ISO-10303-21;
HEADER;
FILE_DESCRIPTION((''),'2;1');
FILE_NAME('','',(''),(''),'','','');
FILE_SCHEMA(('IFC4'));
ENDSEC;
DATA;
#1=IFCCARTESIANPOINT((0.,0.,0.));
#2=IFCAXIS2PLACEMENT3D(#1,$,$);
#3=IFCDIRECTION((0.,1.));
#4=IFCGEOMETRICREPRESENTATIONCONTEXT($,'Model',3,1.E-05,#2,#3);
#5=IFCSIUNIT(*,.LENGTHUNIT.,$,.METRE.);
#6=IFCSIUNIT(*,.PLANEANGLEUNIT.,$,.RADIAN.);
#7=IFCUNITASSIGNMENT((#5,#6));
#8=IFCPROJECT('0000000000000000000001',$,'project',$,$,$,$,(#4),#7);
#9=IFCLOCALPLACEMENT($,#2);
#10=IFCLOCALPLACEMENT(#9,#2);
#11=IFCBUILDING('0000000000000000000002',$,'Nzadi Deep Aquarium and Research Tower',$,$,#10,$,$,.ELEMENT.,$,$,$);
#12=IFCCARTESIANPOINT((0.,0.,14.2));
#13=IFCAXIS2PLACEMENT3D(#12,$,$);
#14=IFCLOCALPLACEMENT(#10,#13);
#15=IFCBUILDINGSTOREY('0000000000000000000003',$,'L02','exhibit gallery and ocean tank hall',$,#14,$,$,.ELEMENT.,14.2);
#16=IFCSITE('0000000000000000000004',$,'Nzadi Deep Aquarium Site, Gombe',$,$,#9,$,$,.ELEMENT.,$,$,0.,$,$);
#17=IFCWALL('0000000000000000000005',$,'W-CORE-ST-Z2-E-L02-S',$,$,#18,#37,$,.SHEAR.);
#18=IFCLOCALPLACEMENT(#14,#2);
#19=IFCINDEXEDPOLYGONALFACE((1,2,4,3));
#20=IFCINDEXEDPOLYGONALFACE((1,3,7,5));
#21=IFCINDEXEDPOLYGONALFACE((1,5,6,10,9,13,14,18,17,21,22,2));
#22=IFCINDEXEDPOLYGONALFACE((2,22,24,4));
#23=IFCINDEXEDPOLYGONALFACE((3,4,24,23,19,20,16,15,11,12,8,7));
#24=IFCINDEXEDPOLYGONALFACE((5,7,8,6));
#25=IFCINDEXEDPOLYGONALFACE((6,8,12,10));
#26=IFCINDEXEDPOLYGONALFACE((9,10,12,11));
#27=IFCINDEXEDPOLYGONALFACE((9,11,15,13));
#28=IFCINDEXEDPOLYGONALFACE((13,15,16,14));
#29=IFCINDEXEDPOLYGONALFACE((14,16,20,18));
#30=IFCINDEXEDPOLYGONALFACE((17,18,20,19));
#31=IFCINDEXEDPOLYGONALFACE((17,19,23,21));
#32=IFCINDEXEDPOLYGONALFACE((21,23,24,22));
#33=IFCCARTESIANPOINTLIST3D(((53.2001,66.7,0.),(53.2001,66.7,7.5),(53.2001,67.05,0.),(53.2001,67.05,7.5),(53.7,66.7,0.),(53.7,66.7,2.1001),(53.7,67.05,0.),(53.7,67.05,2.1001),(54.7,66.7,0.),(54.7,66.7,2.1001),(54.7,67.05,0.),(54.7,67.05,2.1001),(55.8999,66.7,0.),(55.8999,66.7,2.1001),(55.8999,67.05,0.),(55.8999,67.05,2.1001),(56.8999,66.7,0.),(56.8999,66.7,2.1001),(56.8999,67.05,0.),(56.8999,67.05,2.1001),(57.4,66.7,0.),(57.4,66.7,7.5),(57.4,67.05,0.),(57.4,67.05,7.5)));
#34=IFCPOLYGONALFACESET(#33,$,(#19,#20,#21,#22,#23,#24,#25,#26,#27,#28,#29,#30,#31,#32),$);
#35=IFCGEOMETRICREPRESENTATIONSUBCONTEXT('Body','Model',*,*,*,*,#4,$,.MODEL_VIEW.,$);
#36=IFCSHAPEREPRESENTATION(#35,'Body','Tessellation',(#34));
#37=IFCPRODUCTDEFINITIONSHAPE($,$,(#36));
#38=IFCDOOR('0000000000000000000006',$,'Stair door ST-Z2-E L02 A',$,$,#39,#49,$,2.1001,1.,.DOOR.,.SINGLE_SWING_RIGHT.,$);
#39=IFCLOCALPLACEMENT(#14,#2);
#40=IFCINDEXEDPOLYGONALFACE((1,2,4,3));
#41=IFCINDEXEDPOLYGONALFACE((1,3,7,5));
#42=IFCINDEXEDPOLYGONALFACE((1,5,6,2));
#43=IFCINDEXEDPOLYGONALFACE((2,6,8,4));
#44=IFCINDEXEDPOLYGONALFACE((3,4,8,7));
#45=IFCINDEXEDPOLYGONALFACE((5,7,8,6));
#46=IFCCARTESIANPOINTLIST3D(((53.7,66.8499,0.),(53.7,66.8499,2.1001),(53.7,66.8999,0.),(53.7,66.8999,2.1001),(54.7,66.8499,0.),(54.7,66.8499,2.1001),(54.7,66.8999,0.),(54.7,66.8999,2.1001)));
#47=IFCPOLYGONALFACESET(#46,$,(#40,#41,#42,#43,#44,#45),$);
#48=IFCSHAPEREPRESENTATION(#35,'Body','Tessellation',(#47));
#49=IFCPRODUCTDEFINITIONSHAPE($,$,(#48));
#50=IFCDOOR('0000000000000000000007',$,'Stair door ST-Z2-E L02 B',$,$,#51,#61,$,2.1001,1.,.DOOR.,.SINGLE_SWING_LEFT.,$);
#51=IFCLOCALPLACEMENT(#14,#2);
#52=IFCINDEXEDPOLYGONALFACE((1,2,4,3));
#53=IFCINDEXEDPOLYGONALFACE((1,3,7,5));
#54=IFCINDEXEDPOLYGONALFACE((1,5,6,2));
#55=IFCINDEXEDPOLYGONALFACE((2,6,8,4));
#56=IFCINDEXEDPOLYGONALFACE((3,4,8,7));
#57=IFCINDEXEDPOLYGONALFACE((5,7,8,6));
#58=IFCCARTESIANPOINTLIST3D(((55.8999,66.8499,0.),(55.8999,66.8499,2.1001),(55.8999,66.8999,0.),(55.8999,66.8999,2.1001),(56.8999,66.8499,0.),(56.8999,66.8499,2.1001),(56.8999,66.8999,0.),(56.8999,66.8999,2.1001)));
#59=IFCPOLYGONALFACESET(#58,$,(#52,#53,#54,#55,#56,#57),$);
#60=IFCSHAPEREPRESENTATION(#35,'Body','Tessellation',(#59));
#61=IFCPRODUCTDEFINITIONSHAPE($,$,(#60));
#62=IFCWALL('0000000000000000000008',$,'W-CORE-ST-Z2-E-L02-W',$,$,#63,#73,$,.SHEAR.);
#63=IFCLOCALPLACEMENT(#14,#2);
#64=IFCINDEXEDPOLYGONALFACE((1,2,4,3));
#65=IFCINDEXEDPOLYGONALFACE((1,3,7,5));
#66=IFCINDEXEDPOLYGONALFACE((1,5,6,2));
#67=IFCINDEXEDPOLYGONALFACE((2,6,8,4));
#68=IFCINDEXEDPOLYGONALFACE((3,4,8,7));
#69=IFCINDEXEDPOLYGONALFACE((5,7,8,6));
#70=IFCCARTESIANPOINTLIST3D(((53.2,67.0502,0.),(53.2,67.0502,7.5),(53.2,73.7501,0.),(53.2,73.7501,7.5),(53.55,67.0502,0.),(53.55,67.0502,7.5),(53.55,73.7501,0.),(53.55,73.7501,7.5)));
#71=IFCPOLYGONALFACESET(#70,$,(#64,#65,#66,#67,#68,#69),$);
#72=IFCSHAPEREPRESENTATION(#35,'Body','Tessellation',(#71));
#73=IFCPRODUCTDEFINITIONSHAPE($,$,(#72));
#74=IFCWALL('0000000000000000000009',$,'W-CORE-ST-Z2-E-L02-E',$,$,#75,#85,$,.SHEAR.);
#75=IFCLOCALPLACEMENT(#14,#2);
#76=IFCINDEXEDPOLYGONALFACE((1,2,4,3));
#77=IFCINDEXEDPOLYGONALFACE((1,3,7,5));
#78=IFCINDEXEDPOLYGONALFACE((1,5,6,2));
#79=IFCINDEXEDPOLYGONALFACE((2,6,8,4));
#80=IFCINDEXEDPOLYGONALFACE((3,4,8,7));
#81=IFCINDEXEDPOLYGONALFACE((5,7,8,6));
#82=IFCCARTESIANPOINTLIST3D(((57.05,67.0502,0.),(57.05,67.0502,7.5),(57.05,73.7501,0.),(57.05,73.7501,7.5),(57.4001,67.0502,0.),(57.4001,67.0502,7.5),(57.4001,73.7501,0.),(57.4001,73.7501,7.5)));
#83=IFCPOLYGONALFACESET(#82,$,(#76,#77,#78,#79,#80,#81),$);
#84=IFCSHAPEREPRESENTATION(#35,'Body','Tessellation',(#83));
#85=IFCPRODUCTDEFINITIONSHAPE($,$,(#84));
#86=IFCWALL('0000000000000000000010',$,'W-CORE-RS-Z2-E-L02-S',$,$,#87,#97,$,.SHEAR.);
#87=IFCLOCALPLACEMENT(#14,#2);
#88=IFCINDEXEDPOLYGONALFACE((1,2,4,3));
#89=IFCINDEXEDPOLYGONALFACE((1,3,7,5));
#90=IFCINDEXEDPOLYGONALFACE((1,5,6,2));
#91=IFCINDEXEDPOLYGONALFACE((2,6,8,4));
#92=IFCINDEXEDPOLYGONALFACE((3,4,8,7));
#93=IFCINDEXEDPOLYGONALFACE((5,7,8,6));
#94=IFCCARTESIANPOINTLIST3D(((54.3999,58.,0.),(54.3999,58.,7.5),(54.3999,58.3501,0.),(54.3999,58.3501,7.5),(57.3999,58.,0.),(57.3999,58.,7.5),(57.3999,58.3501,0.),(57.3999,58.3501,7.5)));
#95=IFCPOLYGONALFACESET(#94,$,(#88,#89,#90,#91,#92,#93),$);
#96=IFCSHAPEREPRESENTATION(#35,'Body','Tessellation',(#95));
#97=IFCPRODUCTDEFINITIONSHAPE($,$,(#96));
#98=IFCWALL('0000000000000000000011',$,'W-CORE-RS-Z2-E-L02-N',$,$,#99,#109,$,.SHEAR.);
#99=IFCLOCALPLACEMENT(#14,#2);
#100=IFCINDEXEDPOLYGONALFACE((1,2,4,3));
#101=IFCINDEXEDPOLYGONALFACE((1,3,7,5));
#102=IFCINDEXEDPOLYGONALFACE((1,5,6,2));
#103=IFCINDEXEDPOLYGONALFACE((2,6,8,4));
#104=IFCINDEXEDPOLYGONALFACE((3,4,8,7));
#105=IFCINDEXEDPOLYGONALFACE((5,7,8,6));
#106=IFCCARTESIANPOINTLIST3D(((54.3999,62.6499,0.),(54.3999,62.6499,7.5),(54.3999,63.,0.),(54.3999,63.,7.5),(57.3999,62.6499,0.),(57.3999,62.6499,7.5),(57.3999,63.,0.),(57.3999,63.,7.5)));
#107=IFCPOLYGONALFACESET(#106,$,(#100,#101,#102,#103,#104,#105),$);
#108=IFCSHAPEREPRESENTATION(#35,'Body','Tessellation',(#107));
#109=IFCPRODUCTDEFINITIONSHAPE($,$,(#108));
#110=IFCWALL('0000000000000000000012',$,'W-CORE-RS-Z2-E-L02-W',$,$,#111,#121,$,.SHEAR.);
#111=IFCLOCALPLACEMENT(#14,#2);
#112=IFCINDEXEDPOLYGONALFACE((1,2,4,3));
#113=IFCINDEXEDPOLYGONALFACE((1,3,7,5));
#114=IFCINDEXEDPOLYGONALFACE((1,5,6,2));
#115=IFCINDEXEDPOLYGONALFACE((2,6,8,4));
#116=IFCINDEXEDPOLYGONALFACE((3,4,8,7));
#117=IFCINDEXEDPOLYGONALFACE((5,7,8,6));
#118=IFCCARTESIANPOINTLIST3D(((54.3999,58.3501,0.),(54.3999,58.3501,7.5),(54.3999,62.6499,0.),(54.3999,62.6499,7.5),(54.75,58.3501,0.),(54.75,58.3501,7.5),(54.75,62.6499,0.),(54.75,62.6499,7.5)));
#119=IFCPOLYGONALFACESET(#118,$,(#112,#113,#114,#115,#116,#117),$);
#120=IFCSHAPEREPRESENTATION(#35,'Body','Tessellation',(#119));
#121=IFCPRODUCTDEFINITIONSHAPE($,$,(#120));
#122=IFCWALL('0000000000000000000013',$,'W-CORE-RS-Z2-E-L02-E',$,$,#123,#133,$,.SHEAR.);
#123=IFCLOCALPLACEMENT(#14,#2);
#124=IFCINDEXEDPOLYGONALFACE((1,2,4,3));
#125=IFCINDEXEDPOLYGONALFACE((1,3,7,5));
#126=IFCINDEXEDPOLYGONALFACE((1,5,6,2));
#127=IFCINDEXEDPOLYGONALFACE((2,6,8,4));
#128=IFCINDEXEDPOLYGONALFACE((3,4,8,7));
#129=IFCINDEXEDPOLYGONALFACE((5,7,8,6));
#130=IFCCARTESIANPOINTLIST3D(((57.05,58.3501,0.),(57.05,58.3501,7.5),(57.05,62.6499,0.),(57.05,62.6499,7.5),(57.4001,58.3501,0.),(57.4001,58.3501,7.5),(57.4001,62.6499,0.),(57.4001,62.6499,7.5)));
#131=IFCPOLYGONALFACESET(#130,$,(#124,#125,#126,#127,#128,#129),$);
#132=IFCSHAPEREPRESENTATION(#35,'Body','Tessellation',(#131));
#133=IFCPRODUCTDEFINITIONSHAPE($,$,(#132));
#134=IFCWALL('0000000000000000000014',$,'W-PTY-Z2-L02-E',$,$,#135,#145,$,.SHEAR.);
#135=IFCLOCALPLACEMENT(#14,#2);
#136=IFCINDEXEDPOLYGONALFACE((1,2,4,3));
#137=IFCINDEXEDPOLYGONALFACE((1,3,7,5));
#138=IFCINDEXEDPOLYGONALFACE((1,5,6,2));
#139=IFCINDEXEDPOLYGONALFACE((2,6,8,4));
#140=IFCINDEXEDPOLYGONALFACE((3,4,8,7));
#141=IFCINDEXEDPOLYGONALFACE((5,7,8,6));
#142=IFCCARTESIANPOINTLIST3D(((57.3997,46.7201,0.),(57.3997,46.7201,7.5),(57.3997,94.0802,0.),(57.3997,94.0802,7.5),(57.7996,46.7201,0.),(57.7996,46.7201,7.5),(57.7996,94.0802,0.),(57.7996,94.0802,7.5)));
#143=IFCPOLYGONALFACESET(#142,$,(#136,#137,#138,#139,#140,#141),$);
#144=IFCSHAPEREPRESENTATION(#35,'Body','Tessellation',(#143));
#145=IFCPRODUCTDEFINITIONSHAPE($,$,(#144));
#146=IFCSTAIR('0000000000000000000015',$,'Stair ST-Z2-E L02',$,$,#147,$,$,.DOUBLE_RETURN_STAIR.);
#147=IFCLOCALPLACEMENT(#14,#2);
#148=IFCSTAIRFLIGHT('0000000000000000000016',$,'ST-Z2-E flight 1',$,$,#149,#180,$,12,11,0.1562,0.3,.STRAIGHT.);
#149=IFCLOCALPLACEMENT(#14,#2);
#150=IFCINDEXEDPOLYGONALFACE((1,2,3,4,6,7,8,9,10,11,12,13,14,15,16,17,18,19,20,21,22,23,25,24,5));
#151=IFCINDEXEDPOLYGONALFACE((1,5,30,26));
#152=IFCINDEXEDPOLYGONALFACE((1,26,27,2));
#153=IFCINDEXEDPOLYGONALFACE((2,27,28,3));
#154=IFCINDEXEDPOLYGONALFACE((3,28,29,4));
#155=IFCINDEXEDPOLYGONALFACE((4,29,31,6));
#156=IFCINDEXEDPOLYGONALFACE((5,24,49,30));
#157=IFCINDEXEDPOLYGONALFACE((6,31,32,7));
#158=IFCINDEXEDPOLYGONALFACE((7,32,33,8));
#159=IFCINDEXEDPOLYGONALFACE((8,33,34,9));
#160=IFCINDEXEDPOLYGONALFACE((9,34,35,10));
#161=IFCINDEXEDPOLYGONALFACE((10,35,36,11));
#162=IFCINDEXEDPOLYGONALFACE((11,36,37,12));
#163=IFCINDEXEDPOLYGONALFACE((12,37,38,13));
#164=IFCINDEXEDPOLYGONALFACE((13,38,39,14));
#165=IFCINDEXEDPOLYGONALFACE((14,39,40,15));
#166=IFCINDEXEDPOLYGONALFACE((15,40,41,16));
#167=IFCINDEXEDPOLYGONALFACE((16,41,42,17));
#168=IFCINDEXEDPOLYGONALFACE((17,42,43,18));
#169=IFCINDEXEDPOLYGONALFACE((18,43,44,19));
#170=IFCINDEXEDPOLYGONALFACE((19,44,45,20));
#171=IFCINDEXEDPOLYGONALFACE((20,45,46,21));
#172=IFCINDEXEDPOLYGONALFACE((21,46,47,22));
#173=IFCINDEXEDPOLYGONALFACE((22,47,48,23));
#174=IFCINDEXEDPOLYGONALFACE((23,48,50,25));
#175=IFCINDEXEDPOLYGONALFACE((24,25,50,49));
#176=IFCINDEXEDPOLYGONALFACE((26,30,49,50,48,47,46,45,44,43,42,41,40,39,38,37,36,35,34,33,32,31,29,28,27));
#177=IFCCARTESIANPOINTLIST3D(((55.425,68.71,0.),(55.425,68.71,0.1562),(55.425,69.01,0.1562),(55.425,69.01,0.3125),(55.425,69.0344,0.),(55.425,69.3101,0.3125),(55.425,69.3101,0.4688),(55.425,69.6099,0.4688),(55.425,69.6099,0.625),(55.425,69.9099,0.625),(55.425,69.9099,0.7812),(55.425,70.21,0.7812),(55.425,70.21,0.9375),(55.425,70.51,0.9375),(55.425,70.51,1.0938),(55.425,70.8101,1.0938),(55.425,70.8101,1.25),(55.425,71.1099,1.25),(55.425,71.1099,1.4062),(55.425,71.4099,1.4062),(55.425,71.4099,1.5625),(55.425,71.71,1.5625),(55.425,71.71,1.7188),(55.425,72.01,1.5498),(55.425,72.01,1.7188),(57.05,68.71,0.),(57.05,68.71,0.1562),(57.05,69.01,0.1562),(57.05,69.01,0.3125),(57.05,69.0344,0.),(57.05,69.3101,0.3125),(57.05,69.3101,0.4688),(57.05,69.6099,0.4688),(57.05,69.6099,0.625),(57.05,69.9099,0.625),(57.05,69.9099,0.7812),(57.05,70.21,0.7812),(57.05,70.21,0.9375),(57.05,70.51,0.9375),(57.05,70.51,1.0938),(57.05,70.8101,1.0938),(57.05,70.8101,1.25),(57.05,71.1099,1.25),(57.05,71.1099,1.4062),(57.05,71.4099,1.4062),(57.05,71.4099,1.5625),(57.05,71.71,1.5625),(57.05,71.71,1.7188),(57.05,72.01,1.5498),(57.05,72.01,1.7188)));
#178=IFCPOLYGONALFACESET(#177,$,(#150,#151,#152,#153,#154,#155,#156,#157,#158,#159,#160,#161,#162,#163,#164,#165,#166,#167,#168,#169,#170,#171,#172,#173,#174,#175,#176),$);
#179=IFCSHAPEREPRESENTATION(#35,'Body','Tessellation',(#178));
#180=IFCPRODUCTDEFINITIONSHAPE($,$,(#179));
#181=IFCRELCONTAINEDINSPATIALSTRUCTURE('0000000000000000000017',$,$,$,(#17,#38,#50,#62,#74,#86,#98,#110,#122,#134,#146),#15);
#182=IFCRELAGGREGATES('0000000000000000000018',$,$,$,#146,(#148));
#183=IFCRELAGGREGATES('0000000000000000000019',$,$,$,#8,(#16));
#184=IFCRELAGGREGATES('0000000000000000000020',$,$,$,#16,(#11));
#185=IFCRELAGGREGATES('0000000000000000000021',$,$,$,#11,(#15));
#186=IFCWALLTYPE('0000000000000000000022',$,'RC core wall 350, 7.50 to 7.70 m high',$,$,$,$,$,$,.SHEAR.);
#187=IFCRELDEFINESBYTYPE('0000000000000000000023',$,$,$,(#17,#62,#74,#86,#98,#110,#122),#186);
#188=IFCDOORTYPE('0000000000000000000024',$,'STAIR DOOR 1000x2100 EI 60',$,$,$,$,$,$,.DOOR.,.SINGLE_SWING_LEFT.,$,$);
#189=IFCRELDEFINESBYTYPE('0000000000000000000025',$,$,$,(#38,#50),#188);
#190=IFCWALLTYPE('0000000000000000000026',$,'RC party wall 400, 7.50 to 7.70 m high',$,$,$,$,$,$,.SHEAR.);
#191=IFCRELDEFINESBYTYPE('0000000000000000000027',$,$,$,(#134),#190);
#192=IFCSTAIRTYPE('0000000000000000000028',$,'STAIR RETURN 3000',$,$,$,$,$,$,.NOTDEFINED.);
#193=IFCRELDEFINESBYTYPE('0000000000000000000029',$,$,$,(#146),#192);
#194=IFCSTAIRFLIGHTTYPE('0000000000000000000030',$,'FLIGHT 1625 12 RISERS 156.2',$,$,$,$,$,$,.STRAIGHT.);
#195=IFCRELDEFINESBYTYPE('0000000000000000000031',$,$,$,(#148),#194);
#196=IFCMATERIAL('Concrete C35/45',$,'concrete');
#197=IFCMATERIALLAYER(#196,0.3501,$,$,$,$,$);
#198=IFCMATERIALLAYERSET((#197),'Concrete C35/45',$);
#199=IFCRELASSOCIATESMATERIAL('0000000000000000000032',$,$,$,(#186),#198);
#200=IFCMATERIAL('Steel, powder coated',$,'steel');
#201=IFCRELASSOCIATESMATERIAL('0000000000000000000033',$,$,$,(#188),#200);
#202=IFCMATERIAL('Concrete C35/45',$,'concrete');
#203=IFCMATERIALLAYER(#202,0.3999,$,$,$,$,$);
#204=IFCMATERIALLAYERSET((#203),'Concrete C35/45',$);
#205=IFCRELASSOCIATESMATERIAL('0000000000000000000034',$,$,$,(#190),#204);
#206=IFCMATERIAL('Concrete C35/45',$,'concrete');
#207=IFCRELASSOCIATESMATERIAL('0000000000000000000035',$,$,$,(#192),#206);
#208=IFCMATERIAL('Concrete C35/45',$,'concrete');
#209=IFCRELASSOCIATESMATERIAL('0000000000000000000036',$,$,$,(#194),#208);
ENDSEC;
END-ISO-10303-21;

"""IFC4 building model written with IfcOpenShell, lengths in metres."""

from ifc_helpers import new_model, si_unit, direction, frame, frame_2d, origin, place, context, subcontext, project, spatial, polyline, rectangle, outline, extrude, material, layer, layer_set, type_object, element, fill, aggregate, save


model = new_model("IFC4")

# Units and contexts
model_context = context("Model", 3, precision=1e-05, world=origin(), true_north=direction((0.0, 1.0)))
body_context = subcontext(model_context, "Body", "Model", "MODEL_VIEW")
ifc_project = project(units=[si_unit("LENGTHUNIT", "METRE"), si_unit("PLANEANGLEUNIT", "RADIAN")], contexts=[model_context])

# Site, building, storey
site_placement = place(None, origin())
site = spatial("IfcSite", under=ifc_project, at=site_placement, Name="Nzadi Deep Aquarium Site, Gombe", CompositionType="ELEMENT", RefElevation=0.0)
building_placement = place(site_placement, origin())
building = spatial("IfcBuilding", under=site, at=building_placement, Name="Nzadi Deep Aquarium and Research Tower", CompositionType="ELEMENT")
storey_placement = place(building_placement, frame((0.0, 0.0, 14.2)))
storey = spatial("IfcBuildingStorey", under=building, at=storey_placement, Name="L02", Description="exhibit gallery and ocean tank hall", CompositionType="ELEMENT", Elevation=14.2)

# Wall, openings, doors
ifc_material_1 = material(Name="Concrete C35/45", Category="concrete")
ifc_layer_1 = layer(ifc_material_1, 0.3501)
ifc_layer_set_1 = layer_set([ifc_layer_1], Name="Concrete C35/45")
wall_type_1 = type_object("IfcWallType", Name="RC core wall 350, 7.50 to 7.70 m high", PredefinedType="SHEAR", material=ifc_layer_set_1)
wall_1_placement = place(storey_placement, frame((53.2, 66.875, 0.0), z_axis=(0.0, 0.0, 1.0), x_axis=(1.0, 0.0, 0.0)))
wall_1 = element("IfcWall", 1, at=wall_1_placement, inside=storey, type_object=wall_type_1, Name="W-CORE-ST-Z2-E-L02-S", PredefinedType="SHEAR", context=body_context, shape_type="SweptSolid", body=[
    extrude(rectangle(XDim=4.2, YDim=0.3501, at=frame_2d((2.1001, 0.0))), origin(), (0.0, 0.0, 1.0), 7.5),
])
opening_1_placement = place(wall_1_placement, frame((0.5, 0.0, 0.0)))
opening_1 = element("IfcOpeningElement", 2, at=opening_1_placement, cuts=wall_1, PredefinedType="OPENING", context=body_context, shape_type="SweptSolid", body=[
    extrude(rectangle(XDim=1.0, YDim=2.1001, at=frame_2d((0.5, 1.05))), frame((0.0, 0.1851, 0.0), z_axis=(0.0, -1.0, 0.0), x_axis=(1.0, 0.0, 0.0)), (0.0, 0.0, 1.0), 0.3701),
])
opening_2_placement = place(wall_1_placement, frame((2.7, 0.0, 0.0)))
opening_2 = element("IfcOpeningElement", 3, at=opening_2_placement, cuts=wall_1, PredefinedType="OPENING", context=body_context, shape_type="SweptSolid", body=[
    extrude(rectangle(XDim=1.0, YDim=2.1001, at=frame_2d((0.5, 1.05))), frame((0.0, 0.1851, 0.0), z_axis=(0.0, -1.0, 0.0), x_axis=(1.0, 0.0, 0.0)), (0.0, 0.0, 1.0), 0.3701),
])
ifc_material_2 = material(Name="Steel, powder coated", Category="steel")
door_type_1 = type_object("IfcDoorType", Name="STAIR DOOR 1000x2100 EI 60", OperationType="SINGLE_SWING_LEFT", PredefinedType="DOOR", material=ifc_material_2)
door_1_placement = place(opening_1_placement, origin())
door_1 = element("IfcDoor", 4, at=door_1_placement, inside=storey, type_object=door_type_1, Name="Stair door ST-Z2-E L02 A", OperationType="SINGLE_SWING_RIGHT", OverallHeight=2.1001, OverallWidth=1.0, PredefinedType="DOOR", context=body_context, shape_type="SweptSolid", body=[
    extrude(rectangle(XDim=1.0, YDim=2.1001, at=frame_2d((0.5, 1.05))), frame((0.0, 0.0249, 0.0), z_axis=(0.0, -1.0, 0.0), x_axis=(1.0, 0.0, 0.0)), (0.0, 0.0, 1.0), 0.05),
])
fill(opening_1, door_1)
door_2_placement = place(opening_2_placement, origin())
door_2 = element("IfcDoor", 5, at=door_2_placement, inside=storey, type_object=door_type_1, Name="Stair door ST-Z2-E L02 B", OperationType="SINGLE_SWING_LEFT", OverallHeight=2.1001, OverallWidth=1.0, PredefinedType="DOOR", context=body_context, shape_type="SweptSolid", body=[
    extrude(rectangle(XDim=1.0, YDim=2.1001, at=frame_2d((0.5, 1.05))), frame((0.0, 0.0249, 0.0), z_axis=(0.0, -1.0, 0.0), x_axis=(1.0, 0.0, 0.0)), (0.0, 0.0, 1.0), 0.05),
])
fill(opening_2, door_2)

# Walls
for number, where, z_axis, x_axis, name in (
    (6, (53.375, 67.05, 0.0), (0.0, 0.0, 1.0), (0.0, 1.0, 0.0), "W-CORE-ST-Z2-E-L02-W"),
    (7, (57.2251, 67.05, 0.0), (0.0, 0.0, 1.0), (0.0, 1.0, 0.0), "W-CORE-ST-Z2-E-L02-E"),
):
    element("IfcWall", number, at=place(storey_placement, frame(where, z_axis=z_axis, x_axis=x_axis)), inside=storey, type_object=wall_type_1, Name=name, PredefinedType="SHEAR", context=body_context, shape_type="SweptSolid", body=[
        extrude(rectangle(XDim=6.7, YDim=0.3501, at=frame_2d((3.3501, 0.0))), origin(), (0.0, 0.0, 1.0), 7.5),
    ])
for number, where, z_axis, x_axis, name in (
    (8, (54.3999, 58.175, 0.0), (0.0, 0.0, 1.0), (1.0, 0.0, 0.0), "W-CORE-RS-Z2-E-L02-S"),
    (9, (54.3999, 62.825, 0.0), (0.0, 0.0, 1.0), (1.0, 0.0, 0.0), "W-CORE-RS-Z2-E-L02-N"),
):
    element("IfcWall", number, at=place(storey_placement, frame(where, z_axis=z_axis, x_axis=x_axis)), inside=storey, type_object=wall_type_1, Name=name, PredefinedType="SHEAR", context=body_context, shape_type="SweptSolid", body=[
        extrude(rectangle(XDim=3.0, YDim=0.3501, at=frame_2d((1.5, 0.0))), origin(), (0.0, 0.0, 1.0), 7.5),
    ])
for number, where, z_axis, x_axis, name in (
    (10, (54.575, 58.3501, 0.0), (0.0, 0.0, 1.0), (0.0, 1.0, 0.0), "W-CORE-RS-Z2-E-L02-W"),
    (11, (57.2251, 58.3501, 0.0), (0.0, 0.0, 1.0), (0.0, 1.0, 0.0), "W-CORE-RS-Z2-E-L02-E"),
):
    element("IfcWall", number, at=place(storey_placement, frame(where, z_axis=z_axis, x_axis=x_axis)), inside=storey, type_object=wall_type_1, Name=name, PredefinedType="SHEAR", context=body_context, shape_type="SweptSolid", body=[
        extrude(rectangle(XDim=4.2998, YDim=0.3501, at=frame_2d((2.1499, 0.0))), origin(), (0.0, 0.0, 1.0), 7.5),
    ])
ifc_material_3 = material(Name="Concrete C35/45", Category="concrete")
ifc_layer_2 = layer(ifc_material_3, 0.3999)
ifc_layer_set_2 = layer_set([ifc_layer_2], Name="Concrete C35/45")
wall_type_2 = type_object("IfcWallType", Name="RC party wall 400, 7.50 to 7.70 m high", PredefinedType="SHEAR", material=ifc_layer_set_2)
wall_2_placement = place(storey_placement, frame((57.5996, 46.72, 0.0), z_axis=(0.0, 0.0, 1.0), x_axis=(0.0, 1.0, 0.0)))
element("IfcWall", 12, at=wall_2_placement, inside=storey, type_object=wall_type_2, Name="W-PTY-Z2-L02-E", PredefinedType="SHEAR", context=body_context, shape_type="SweptSolid", body=[
    extrude(rectangle(XDim=47.3601, YDim=0.3999, at=frame_2d((23.6802, 0.0))), origin(), (0.0, 0.0, 1.0), 7.5),
])

# Stair, stair flight
ifc_material_4 = material(Name="Concrete C35/45", Category="concrete")
stair_type = type_object("IfcStairType", Name="STAIR RETURN 3000", PredefinedType="NOTDEFINED", material=ifc_material_4)
stair_placement = place(storey_placement, origin())
stair = element("IfcStair", 13, at=stair_placement, inside=storey, type_object=stair_type, Name="Stair ST-Z2-E L02", PredefinedType="DOUBLE_RETURN_STAIR")
ifc_material_5 = material(Name="Concrete C35/45", Category="concrete")
stair_flight_type = type_object("IfcStairFlightType", Name="FLIGHT 1625 12 RISERS 156.2", PredefinedType="STRAIGHT", material=ifc_material_5)
stair_flight_placement = place(storey_placement, frame((56.2375, 68.71, 0.0), z_axis=(0.0, 0.0, 1.0), x_axis=(0.0, 1.0, 0.0)))
stair_flight = element("IfcStairFlight", 14, at=stair_flight_placement, type_object=stair_flight_type, Name="ST-Z2-E flight 1", NumberOfRisers=12, NumberOfTreads=11, PredefinedType="STRAIGHT", RiserHeight=0.1562, TreadLength=0.3, context=body_context, shape_type="SweptSolid", body=[
    extrude(outline(polyline([(0.0, 0.0), (0.0, 0.1562), (0.3, 0.1562), (0.3, 0.3125), (0.6001, 0.3125), (0.6001, 0.4688), (0.8999, 0.4688), (0.8999, 0.625), (1.2, 0.625), (1.2, 0.7812), (1.5, 0.7812), (1.5, 0.9375), (1.8, 0.9375), (1.8, 1.0938), (2.1001, 1.0938), (2.1001, 1.25), (2.3999, 1.25), (2.3999, 1.4062), (2.7, 1.4062), (2.7, 1.5625), (3.0, 1.5625), (3.0, 1.7188), (3.3, 1.7188), (3.3, 1.875), (3.3, 1.5498), (0.3245, 0.0), (0.0, 0.0)])), frame((0.0, 0.8125, 0.0), z_axis=(0.0, -1.0, 0.0), x_axis=(1.0, 0.0, 0.0)), (0.0, 0.0, 1.0), 1.625),
])
aggregate(stair, [stair_flight])

save(model, "model.ifc")
